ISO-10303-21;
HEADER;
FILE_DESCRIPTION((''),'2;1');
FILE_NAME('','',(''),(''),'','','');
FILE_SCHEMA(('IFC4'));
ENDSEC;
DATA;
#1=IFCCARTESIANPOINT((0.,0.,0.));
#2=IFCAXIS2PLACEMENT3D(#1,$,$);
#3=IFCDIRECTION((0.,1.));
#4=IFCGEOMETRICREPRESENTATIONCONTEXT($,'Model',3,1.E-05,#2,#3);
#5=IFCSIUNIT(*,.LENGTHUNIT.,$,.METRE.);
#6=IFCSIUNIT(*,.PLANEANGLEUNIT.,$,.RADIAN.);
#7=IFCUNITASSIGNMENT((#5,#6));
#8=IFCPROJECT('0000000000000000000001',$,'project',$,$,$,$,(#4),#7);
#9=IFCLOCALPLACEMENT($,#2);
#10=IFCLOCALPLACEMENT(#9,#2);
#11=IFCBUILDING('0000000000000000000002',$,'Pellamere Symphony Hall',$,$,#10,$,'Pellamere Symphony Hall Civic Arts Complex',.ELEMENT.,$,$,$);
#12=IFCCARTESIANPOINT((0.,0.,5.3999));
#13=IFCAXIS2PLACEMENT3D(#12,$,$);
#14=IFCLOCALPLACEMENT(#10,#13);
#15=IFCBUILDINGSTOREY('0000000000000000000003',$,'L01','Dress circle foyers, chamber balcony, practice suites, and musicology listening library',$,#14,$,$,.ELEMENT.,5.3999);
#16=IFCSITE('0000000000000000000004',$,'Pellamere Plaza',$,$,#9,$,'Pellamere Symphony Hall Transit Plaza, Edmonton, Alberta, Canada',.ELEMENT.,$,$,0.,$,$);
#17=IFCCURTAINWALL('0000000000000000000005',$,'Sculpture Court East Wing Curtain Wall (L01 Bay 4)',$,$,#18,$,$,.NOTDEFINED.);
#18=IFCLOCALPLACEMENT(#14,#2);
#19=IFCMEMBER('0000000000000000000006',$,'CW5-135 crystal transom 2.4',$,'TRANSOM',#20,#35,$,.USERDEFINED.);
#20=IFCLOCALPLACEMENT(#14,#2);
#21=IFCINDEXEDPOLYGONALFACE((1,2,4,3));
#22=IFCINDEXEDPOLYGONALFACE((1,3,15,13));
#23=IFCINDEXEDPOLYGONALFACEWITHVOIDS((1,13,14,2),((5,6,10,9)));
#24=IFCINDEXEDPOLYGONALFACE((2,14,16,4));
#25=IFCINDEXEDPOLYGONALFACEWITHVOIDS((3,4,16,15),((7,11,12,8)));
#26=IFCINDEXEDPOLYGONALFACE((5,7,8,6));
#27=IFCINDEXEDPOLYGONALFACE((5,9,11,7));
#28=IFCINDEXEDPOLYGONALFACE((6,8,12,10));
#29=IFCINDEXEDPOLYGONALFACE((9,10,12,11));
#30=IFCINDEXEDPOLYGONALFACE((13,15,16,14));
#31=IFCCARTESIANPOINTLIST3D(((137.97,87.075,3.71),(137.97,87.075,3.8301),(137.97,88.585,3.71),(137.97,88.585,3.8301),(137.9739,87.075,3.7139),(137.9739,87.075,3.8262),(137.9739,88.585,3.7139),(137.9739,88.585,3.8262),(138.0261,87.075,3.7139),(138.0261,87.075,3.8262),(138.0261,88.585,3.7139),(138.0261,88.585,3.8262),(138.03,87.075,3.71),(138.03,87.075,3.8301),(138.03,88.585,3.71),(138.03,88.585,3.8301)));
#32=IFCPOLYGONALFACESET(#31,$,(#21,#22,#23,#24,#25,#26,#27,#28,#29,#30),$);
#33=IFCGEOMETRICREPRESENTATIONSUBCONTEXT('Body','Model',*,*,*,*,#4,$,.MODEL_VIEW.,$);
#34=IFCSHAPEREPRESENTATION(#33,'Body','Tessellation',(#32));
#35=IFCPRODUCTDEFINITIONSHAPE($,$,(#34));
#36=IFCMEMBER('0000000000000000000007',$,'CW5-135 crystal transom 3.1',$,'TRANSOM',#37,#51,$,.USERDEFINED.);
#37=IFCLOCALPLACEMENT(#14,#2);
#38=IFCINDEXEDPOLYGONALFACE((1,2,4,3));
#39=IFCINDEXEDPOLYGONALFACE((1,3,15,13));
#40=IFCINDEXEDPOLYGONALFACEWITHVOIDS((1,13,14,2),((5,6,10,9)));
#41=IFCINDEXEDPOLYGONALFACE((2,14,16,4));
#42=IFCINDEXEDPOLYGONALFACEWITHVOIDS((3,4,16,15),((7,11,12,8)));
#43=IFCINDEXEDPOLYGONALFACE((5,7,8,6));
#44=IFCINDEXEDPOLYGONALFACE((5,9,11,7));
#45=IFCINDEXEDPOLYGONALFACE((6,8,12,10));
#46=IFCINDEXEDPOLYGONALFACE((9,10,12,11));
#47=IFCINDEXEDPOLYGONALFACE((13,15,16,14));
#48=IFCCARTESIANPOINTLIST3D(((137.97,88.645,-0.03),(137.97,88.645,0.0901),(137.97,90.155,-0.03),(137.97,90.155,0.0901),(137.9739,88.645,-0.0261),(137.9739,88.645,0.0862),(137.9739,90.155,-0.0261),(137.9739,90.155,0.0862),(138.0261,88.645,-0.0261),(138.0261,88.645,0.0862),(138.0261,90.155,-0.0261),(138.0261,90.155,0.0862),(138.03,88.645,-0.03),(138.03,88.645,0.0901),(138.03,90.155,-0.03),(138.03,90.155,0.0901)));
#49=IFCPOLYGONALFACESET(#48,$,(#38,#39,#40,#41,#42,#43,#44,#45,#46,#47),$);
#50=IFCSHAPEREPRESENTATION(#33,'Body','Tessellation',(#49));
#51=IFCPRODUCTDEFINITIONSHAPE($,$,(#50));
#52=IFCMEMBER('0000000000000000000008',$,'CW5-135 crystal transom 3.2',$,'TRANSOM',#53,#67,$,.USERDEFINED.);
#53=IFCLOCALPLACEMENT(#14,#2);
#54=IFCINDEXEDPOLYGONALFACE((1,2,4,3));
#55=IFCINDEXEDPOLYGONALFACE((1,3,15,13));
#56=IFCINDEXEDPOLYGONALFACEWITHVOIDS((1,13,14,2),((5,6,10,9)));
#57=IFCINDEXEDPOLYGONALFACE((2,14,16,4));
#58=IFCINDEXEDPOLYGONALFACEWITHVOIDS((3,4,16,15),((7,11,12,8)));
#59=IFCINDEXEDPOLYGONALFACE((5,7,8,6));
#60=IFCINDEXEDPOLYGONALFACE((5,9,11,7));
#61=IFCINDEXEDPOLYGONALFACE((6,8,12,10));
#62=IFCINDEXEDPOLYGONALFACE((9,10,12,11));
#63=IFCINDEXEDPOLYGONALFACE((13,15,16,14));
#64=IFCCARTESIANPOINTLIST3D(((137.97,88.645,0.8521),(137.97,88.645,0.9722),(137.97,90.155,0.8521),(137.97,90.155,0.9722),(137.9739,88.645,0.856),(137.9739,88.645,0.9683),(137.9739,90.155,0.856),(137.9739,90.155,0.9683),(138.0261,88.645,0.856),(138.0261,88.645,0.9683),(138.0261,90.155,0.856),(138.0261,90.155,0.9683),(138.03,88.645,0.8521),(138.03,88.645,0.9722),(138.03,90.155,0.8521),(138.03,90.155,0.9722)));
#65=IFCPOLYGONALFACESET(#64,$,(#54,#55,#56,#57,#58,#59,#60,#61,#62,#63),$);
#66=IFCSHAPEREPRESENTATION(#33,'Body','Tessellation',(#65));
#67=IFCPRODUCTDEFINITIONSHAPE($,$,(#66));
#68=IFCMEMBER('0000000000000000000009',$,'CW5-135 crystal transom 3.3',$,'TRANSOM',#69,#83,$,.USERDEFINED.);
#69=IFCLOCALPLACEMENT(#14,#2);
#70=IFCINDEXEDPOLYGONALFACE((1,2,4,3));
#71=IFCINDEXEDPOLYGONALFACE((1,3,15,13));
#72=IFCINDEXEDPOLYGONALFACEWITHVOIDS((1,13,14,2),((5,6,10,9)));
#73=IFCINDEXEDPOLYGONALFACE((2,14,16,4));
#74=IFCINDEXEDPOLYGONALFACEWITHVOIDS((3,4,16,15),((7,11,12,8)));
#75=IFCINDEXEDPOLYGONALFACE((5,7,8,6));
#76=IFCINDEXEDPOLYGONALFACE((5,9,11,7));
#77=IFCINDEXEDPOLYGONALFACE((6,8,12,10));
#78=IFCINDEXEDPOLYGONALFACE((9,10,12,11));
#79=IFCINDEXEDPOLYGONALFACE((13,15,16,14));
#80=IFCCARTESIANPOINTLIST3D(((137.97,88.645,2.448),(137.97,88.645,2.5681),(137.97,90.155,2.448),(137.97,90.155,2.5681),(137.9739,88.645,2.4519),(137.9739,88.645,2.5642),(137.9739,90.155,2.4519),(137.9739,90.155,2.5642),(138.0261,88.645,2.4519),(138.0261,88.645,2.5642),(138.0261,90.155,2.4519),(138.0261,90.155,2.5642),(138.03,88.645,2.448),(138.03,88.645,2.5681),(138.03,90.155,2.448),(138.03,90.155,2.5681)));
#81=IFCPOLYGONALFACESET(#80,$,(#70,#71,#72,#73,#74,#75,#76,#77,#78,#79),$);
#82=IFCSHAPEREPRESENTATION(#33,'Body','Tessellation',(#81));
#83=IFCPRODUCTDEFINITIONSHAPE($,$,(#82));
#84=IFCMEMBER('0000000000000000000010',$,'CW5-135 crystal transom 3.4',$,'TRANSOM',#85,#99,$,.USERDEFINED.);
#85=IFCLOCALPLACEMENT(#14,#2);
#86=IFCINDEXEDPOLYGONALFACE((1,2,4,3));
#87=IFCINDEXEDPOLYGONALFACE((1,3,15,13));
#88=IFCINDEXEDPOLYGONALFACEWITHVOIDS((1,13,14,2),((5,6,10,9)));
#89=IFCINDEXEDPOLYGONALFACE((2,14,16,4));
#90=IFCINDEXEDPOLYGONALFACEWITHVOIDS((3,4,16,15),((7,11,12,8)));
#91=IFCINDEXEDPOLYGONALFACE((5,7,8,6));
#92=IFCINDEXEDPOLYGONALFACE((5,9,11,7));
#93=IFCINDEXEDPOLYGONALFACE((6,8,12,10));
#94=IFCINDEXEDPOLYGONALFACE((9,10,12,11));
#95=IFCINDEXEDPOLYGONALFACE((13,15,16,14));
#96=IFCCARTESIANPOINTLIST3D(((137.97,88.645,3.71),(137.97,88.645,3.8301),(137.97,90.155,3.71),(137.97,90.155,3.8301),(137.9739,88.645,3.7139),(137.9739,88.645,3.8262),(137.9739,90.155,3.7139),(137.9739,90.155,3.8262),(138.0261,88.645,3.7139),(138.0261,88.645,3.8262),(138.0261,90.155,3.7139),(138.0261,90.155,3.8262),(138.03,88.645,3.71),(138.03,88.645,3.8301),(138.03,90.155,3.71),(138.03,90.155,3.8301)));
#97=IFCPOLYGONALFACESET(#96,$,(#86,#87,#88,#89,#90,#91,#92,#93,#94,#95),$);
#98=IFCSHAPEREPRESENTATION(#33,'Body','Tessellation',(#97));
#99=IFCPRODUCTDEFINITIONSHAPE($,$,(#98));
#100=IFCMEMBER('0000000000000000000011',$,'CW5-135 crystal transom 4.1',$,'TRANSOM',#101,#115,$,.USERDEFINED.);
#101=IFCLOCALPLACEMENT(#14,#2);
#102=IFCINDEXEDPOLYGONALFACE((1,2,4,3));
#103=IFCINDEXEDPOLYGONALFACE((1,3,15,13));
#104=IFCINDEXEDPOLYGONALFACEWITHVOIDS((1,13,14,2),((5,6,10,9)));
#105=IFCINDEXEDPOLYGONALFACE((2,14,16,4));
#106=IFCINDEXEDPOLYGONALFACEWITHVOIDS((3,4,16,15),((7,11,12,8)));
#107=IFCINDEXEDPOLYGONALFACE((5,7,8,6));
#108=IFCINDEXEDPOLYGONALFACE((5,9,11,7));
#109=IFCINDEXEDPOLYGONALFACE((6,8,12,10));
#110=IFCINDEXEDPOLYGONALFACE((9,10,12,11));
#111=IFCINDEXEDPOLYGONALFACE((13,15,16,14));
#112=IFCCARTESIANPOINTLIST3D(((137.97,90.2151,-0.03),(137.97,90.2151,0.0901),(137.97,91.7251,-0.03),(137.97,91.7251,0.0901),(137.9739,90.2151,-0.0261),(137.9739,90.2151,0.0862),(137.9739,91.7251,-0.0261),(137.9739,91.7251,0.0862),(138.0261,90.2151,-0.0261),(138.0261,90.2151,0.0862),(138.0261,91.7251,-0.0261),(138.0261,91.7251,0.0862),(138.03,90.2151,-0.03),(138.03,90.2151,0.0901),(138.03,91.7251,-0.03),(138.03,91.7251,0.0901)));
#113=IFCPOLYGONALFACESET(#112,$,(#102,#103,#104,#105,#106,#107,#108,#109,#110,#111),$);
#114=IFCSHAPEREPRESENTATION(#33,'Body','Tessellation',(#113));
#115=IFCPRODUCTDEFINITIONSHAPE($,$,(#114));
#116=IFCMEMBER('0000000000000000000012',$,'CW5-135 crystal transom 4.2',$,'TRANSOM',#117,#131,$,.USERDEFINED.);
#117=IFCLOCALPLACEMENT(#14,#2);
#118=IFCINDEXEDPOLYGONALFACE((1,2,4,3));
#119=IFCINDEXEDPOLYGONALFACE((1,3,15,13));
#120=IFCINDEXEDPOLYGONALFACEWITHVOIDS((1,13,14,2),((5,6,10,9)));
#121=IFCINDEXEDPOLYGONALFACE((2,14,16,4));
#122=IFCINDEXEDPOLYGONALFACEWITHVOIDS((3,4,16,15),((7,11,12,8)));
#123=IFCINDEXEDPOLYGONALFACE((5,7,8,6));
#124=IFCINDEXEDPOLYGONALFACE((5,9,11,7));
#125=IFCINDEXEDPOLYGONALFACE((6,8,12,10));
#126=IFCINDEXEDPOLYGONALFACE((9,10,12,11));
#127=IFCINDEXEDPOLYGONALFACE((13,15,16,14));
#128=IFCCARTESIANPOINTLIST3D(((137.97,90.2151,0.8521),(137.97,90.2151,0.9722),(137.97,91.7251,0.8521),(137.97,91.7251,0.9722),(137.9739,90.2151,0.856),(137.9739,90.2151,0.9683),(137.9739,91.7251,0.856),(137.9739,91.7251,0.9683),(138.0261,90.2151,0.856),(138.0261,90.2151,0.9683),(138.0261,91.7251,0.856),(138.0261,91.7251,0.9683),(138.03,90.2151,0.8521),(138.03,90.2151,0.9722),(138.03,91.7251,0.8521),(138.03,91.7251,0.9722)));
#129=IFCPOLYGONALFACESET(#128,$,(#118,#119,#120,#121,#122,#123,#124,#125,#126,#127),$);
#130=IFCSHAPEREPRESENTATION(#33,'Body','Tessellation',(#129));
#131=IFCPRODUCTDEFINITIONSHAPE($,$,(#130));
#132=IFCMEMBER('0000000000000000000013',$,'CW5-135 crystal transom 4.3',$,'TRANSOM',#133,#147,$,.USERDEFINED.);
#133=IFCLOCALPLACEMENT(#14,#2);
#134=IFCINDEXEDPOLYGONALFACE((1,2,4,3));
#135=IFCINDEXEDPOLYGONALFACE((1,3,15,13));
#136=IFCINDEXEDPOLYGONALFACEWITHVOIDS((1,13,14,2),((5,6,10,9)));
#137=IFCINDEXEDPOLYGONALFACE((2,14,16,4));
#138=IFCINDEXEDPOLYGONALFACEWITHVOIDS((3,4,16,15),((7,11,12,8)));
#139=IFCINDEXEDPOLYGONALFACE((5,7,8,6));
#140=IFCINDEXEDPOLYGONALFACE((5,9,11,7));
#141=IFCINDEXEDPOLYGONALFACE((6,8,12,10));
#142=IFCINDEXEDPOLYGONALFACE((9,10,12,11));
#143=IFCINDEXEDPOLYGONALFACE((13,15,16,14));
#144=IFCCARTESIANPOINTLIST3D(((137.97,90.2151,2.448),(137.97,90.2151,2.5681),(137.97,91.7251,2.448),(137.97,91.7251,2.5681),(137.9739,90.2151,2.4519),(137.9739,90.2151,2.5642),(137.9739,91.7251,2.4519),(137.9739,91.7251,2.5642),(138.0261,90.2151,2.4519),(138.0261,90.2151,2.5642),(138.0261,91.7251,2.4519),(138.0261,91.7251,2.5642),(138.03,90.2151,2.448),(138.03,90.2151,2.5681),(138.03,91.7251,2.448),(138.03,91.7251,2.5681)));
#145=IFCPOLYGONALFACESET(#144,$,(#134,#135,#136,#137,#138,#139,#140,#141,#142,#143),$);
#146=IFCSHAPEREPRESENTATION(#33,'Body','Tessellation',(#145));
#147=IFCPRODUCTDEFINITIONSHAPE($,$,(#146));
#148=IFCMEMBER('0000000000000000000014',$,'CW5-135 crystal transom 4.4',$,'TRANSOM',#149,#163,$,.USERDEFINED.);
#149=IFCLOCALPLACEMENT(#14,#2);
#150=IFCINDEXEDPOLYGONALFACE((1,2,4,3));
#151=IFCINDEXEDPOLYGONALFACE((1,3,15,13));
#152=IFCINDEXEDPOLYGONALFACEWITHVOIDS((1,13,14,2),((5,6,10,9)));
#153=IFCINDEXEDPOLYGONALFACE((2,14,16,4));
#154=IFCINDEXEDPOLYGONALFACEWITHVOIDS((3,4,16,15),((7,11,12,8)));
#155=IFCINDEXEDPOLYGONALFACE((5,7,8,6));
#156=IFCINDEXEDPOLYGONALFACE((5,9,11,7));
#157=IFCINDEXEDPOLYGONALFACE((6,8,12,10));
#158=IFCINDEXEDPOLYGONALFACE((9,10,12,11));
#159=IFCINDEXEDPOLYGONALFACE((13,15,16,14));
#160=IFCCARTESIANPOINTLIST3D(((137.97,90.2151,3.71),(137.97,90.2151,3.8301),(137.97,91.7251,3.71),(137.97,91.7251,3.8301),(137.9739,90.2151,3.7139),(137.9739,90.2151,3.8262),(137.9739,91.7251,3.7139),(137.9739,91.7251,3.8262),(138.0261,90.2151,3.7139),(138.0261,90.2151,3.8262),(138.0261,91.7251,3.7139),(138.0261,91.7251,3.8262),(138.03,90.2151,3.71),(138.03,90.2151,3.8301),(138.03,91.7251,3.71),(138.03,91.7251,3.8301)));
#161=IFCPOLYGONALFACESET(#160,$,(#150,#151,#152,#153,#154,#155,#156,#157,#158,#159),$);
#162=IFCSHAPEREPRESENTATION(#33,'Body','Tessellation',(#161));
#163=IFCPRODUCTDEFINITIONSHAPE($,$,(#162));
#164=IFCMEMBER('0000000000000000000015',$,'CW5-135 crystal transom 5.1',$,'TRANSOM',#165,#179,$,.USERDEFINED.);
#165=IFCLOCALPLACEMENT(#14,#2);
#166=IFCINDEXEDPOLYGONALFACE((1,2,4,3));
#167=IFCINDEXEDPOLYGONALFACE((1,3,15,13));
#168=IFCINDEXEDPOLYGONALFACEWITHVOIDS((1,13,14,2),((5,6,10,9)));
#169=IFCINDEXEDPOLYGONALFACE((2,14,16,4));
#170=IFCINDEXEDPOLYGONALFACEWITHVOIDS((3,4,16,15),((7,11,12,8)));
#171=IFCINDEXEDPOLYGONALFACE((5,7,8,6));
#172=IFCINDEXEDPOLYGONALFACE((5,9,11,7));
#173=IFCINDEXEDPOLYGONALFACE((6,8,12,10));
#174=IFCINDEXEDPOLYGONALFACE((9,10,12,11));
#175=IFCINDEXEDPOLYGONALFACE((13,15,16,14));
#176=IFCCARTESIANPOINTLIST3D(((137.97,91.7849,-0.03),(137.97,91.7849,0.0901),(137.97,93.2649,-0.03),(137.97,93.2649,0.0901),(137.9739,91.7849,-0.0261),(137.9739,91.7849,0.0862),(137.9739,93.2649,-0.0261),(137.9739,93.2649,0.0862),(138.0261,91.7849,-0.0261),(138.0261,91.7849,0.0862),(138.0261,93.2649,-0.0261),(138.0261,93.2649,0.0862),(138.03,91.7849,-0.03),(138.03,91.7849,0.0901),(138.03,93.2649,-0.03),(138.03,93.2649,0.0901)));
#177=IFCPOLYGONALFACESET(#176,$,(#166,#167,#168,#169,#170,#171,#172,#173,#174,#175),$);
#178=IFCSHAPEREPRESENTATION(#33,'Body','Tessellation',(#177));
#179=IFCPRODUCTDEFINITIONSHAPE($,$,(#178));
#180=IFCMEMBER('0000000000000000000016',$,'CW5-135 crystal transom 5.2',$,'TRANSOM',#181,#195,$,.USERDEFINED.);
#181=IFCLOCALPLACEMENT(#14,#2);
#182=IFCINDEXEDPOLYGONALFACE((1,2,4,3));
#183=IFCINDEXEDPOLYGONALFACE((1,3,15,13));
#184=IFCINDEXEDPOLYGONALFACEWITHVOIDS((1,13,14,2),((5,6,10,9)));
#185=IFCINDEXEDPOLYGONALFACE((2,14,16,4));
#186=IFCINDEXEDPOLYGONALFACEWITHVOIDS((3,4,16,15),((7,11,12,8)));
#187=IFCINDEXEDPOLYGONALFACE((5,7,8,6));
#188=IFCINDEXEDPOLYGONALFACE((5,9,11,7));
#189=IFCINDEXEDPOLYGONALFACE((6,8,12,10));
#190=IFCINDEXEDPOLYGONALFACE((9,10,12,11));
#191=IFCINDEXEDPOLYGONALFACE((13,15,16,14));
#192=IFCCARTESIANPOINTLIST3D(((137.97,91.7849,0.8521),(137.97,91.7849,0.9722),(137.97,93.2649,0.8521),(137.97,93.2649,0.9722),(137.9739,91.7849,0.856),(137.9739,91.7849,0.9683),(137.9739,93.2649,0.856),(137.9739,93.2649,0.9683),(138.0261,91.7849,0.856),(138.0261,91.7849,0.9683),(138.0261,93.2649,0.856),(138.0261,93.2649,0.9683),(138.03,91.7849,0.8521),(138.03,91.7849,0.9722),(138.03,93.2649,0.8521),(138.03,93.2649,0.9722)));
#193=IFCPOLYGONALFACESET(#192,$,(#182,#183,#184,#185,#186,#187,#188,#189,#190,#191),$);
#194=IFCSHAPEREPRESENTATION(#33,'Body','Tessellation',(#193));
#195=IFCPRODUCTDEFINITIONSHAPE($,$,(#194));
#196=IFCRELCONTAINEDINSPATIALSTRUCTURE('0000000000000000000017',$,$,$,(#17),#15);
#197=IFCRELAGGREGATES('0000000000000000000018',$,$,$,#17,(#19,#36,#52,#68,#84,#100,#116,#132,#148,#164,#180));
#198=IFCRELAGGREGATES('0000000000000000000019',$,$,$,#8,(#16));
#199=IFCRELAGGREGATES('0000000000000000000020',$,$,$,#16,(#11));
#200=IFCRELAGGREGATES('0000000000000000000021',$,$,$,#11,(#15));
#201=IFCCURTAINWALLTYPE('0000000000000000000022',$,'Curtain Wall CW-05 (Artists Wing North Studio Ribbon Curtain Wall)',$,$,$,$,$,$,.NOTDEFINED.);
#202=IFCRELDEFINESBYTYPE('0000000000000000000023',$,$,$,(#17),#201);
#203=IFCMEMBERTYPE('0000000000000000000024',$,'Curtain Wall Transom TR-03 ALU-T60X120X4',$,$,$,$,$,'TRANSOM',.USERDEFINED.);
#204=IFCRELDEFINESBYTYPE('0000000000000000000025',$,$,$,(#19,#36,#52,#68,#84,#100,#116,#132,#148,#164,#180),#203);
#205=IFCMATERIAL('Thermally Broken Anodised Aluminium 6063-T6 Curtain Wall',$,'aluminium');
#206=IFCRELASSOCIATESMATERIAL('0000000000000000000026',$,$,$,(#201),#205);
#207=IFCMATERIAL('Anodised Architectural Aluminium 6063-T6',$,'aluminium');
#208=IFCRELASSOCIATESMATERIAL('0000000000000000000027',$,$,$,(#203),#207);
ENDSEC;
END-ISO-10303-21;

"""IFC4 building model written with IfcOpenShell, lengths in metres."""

from ifc_helpers import new_model, si_unit, direction, frame, origin, origin_2d, place, context, subcontext, project, spatial, hollow_rectangle, extrude, material, material_profile, profile_set, type_object, element, aggregate, save


model = new_model("IFC4")

# Units and contexts
model_context = context("Model", 3, precision=1e-05, world=origin(), true_north=direction((0.0, 1.0)))
body_context = subcontext(model_context, "Body", "Model", "MODEL_VIEW")
ifc_project = project(units=[si_unit("LENGTHUNIT", "METRE"), si_unit("PLANEANGLEUNIT", "RADIAN")], contexts=[model_context])

# Site, building, storey
site_placement = place(None, origin())
site = spatial("IfcSite", under=ifc_project, at=site_placement, Name="Pellamere Plaza", LongName="Pellamere Symphony Hall Transit Plaza, Edmonton, Alberta, Canada", CompositionType="ELEMENT", RefElevation=0.0)
building_placement = place(site_placement, origin())
building = spatial("IfcBuilding", under=site, at=building_placement, Name="Pellamere Symphony Hall", LongName="Pellamere Symphony Hall Civic Arts Complex", CompositionType="ELEMENT")
storey_placement = place(building_placement, frame((0.0, 0.0, 5.3999)))
storey = spatial("IfcBuildingStorey", under=building, at=storey_placement, Name="L01", Description="Dress circle foyers, chamber balcony, practice suites, and musicology listening library", CompositionType="ELEMENT", Elevation=5.3999)

# Curtain wall, members
ifc_material_1 = material(Name="Thermally Broken Anodised Aluminium 6063-T6 Curtain Wall", Category="aluminium")
curtain_wall_type = type_object("IfcCurtainWallType", Name="Curtain Wall CW-05 (Artists Wing North Studio Ribbon Curtain Wall)", PredefinedType="NOTDEFINED", material=ifc_material_1)
curtain_wall_placement = place(storey_placement, origin())
curtain_wall = element("IfcCurtainWall", 1, at=curtain_wall_placement, inside=storey, type_object=curtain_wall_type, Name="Sculpture Court East Wing Curtain Wall (L01 Bay 4)", PredefinedType="NOTDEFINED")
ifc_material_2 = material(Name="Anodised Architectural Aluminium 6063-T6", Category="aluminium")
ifc_material_profile_1 = material_profile(ifc_material_2, hollow_rectangle(XDim=0.0601, YDim=0.1201, WallThickness=0.0039, at=origin_2d()), Name="ALU-T60X120X4")
ifc_profile_set_1 = profile_set([ifc_material_profile_1], Name="Anodised Architectural Aluminium 6063-T6")
member_type_1 = type_object("IfcMemberType", Name="Curtain Wall Transom TR-03 ALU-T60X120X4", ElementType="TRANSOM", PredefinedType="USERDEFINED", material=ifc_profile_set_1)
member_1_placement = place(storey_placement, frame((138.0, 87.075, 3.77), z_axis=(0.0, 1.0, 0.0), x_axis=(-1.0, 0.0, 0.0)))
member_1 = element("IfcMember", 2, at=member_1_placement, type_object=member_type_1, Name="CW5-135 crystal transom 2.4", ObjectType="TRANSOM", PredefinedType="USERDEFINED", context=body_context, shape_type="SweptSolid", body=[
    extrude(hollow_rectangle(XDim=0.0601, YDim=0.1201, WallThickness=0.0039, at=origin_2d()), origin(), (0.0, 0.0, 1.0), 1.51),
])
member_2_placement = place(storey_placement, frame((138.0, 88.645, 0.03), z_axis=(0.0, 1.0, 0.0), x_axis=(-1.0, 0.0, 0.0)))
member_2 = element("IfcMember", 3, at=member_2_placement, type_object=member_type_1, Name="CW5-135 crystal transom 3.1", ObjectType="TRANSOM", PredefinedType="USERDEFINED", context=body_context, shape_type="SweptSolid", body=[
    extrude(hollow_rectangle(XDim=0.0601, YDim=0.1201, WallThickness=0.0039, at=origin_2d()), origin(), (0.0, 0.0, 1.0), 1.51),
])
member_3_placement = place(storey_placement, frame((138.0, 88.645, 0.9121), z_axis=(0.0, 1.0, 0.0), x_axis=(-1.0, 0.0, 0.0)))
member_3 = element("IfcMember", 4, at=member_3_placement, type_object=member_type_1, Name="CW5-135 crystal transom 3.2", ObjectType="TRANSOM", PredefinedType="USERDEFINED", context=body_context, shape_type="SweptSolid", body=[
    extrude(hollow_rectangle(XDim=0.0601, YDim=0.1201, WallThickness=0.0039, at=origin_2d()), origin(), (0.0, 0.0, 1.0), 1.51),
])
member_4_placement = place(storey_placement, frame((138.0, 88.645, 2.5081), z_axis=(0.0, 1.0, 0.0), x_axis=(-1.0, 0.0, 0.0)))
member_4 = element("IfcMember", 5, at=member_4_placement, type_object=member_type_1, Name="CW5-135 crystal transom 3.3", ObjectType="TRANSOM", PredefinedType="USERDEFINED", context=body_context, shape_type="SweptSolid", body=[
    extrude(hollow_rectangle(XDim=0.0601, YDim=0.1201, WallThickness=0.0039, at=origin_2d()), origin(), (0.0, 0.0, 1.0), 1.51),
])
member_5_placement = place(storey_placement, frame((138.0, 88.645, 3.77), z_axis=(0.0, 1.0, 0.0), x_axis=(-1.0, 0.0, 0.0)))
member_5 = element("IfcMember", 6, at=member_5_placement, type_object=member_type_1, Name="CW5-135 crystal transom 3.4", ObjectType="TRANSOM", PredefinedType="USERDEFINED", context=body_context, shape_type="SweptSolid", body=[
    extrude(hollow_rectangle(XDim=0.0601, YDim=0.1201, WallThickness=0.0039, at=origin_2d()), origin(), (0.0, 0.0, 1.0), 1.51),
])
member_6_placement = place(storey_placement, frame((138.0, 90.2151, 0.03), z_axis=(0.0, 1.0, 0.0), x_axis=(-1.0, 0.0, 0.0)))
member_6 = element("IfcMember", 7, at=member_6_placement, type_object=member_type_1, Name="CW5-135 crystal transom 4.1", ObjectType="TRANSOM", PredefinedType="USERDEFINED", context=body_context, shape_type="SweptSolid", body=[
    extrude(hollow_rectangle(XDim=0.0601, YDim=0.1201, WallThickness=0.0039, at=origin_2d()), origin(), (0.0, 0.0, 1.0), 1.51),
])
member_7_placement = place(storey_placement, frame((138.0, 90.2151, 0.9121), z_axis=(0.0, 1.0, 0.0), x_axis=(-1.0, 0.0, 0.0)))
member_7 = element("IfcMember", 8, at=member_7_placement, type_object=member_type_1, Name="CW5-135 crystal transom 4.2", ObjectType="TRANSOM", PredefinedType="USERDEFINED", context=body_context, shape_type="SweptSolid", body=[
    extrude(hollow_rectangle(XDim=0.0601, YDim=0.1201, WallThickness=0.0039, at=origin_2d()), origin(), (0.0, 0.0, 1.0), 1.51),
])
member_8_placement = place(storey_placement, frame((138.0, 90.2151, 2.5081), z_axis=(0.0, 1.0, 0.0), x_axis=(-1.0, 0.0, 0.0)))
member_8 = element("IfcMember", 9, at=member_8_placement, type_object=member_type_1, Name="CW5-135 crystal transom 4.3", ObjectType="TRANSOM", PredefinedType="USERDEFINED", context=body_context, shape_type="SweptSolid", body=[
    extrude(hollow_rectangle(XDim=0.0601, YDim=0.1201, WallThickness=0.0039, at=origin_2d()), origin(), (0.0, 0.0, 1.0), 1.51),
])
member_9_placement = place(storey_placement, frame((138.0, 90.2151, 3.77), z_axis=(0.0, 1.0, 0.0), x_axis=(-1.0, 0.0, 0.0)))
member_9 = element("IfcMember", 10, at=member_9_placement, type_object=member_type_1, Name="CW5-135 crystal transom 4.4", ObjectType="TRANSOM", PredefinedType="USERDEFINED", context=body_context, shape_type="SweptSolid", body=[
    extrude(hollow_rectangle(XDim=0.0601, YDim=0.1201, WallThickness=0.0039, at=origin_2d()), origin(), (0.0, 0.0, 1.0), 1.51),
])
member_10_placement = place(storey_placement, frame((138.0, 91.7849, 0.03), z_axis=(0.0, 1.0, 0.0), x_axis=(-1.0, 0.0, 0.0)))
member_10 = element("IfcMember", 11, at=member_10_placement, type_object=member_type_1, Name="CW5-135 crystal transom 5.1", ObjectType="TRANSOM", PredefinedType="USERDEFINED", context=body_context, shape_type="SweptSolid", body=[
    extrude(hollow_rectangle(XDim=0.0601, YDim=0.1201, WallThickness=0.0039, at=origin_2d()), origin(), (0.0, 0.0, 1.0), 1.48),
])
member_11_placement = place(storey_placement, frame((138.0, 91.7849, 0.9121), z_axis=(0.0, 1.0, 0.0), x_axis=(-1.0, 0.0, 0.0)))
member_11 = element("IfcMember", 12, at=member_11_placement, type_object=member_type_1, Name="CW5-135 crystal transom 5.2", ObjectType="TRANSOM", PredefinedType="USERDEFINED", context=body_context, shape_type="SweptSolid", body=[
    extrude(hollow_rectangle(XDim=0.0601, YDim=0.1201, WallThickness=0.0039, at=origin_2d()), origin(), (0.0, 0.0, 1.0), 1.48),
])

aggregate(curtain_wall, [member_1, member_2, member_3, member_4, member_5, member_6, member_7, member_8, member_9, member_10, member_11])

save(model, "model.ifc")
